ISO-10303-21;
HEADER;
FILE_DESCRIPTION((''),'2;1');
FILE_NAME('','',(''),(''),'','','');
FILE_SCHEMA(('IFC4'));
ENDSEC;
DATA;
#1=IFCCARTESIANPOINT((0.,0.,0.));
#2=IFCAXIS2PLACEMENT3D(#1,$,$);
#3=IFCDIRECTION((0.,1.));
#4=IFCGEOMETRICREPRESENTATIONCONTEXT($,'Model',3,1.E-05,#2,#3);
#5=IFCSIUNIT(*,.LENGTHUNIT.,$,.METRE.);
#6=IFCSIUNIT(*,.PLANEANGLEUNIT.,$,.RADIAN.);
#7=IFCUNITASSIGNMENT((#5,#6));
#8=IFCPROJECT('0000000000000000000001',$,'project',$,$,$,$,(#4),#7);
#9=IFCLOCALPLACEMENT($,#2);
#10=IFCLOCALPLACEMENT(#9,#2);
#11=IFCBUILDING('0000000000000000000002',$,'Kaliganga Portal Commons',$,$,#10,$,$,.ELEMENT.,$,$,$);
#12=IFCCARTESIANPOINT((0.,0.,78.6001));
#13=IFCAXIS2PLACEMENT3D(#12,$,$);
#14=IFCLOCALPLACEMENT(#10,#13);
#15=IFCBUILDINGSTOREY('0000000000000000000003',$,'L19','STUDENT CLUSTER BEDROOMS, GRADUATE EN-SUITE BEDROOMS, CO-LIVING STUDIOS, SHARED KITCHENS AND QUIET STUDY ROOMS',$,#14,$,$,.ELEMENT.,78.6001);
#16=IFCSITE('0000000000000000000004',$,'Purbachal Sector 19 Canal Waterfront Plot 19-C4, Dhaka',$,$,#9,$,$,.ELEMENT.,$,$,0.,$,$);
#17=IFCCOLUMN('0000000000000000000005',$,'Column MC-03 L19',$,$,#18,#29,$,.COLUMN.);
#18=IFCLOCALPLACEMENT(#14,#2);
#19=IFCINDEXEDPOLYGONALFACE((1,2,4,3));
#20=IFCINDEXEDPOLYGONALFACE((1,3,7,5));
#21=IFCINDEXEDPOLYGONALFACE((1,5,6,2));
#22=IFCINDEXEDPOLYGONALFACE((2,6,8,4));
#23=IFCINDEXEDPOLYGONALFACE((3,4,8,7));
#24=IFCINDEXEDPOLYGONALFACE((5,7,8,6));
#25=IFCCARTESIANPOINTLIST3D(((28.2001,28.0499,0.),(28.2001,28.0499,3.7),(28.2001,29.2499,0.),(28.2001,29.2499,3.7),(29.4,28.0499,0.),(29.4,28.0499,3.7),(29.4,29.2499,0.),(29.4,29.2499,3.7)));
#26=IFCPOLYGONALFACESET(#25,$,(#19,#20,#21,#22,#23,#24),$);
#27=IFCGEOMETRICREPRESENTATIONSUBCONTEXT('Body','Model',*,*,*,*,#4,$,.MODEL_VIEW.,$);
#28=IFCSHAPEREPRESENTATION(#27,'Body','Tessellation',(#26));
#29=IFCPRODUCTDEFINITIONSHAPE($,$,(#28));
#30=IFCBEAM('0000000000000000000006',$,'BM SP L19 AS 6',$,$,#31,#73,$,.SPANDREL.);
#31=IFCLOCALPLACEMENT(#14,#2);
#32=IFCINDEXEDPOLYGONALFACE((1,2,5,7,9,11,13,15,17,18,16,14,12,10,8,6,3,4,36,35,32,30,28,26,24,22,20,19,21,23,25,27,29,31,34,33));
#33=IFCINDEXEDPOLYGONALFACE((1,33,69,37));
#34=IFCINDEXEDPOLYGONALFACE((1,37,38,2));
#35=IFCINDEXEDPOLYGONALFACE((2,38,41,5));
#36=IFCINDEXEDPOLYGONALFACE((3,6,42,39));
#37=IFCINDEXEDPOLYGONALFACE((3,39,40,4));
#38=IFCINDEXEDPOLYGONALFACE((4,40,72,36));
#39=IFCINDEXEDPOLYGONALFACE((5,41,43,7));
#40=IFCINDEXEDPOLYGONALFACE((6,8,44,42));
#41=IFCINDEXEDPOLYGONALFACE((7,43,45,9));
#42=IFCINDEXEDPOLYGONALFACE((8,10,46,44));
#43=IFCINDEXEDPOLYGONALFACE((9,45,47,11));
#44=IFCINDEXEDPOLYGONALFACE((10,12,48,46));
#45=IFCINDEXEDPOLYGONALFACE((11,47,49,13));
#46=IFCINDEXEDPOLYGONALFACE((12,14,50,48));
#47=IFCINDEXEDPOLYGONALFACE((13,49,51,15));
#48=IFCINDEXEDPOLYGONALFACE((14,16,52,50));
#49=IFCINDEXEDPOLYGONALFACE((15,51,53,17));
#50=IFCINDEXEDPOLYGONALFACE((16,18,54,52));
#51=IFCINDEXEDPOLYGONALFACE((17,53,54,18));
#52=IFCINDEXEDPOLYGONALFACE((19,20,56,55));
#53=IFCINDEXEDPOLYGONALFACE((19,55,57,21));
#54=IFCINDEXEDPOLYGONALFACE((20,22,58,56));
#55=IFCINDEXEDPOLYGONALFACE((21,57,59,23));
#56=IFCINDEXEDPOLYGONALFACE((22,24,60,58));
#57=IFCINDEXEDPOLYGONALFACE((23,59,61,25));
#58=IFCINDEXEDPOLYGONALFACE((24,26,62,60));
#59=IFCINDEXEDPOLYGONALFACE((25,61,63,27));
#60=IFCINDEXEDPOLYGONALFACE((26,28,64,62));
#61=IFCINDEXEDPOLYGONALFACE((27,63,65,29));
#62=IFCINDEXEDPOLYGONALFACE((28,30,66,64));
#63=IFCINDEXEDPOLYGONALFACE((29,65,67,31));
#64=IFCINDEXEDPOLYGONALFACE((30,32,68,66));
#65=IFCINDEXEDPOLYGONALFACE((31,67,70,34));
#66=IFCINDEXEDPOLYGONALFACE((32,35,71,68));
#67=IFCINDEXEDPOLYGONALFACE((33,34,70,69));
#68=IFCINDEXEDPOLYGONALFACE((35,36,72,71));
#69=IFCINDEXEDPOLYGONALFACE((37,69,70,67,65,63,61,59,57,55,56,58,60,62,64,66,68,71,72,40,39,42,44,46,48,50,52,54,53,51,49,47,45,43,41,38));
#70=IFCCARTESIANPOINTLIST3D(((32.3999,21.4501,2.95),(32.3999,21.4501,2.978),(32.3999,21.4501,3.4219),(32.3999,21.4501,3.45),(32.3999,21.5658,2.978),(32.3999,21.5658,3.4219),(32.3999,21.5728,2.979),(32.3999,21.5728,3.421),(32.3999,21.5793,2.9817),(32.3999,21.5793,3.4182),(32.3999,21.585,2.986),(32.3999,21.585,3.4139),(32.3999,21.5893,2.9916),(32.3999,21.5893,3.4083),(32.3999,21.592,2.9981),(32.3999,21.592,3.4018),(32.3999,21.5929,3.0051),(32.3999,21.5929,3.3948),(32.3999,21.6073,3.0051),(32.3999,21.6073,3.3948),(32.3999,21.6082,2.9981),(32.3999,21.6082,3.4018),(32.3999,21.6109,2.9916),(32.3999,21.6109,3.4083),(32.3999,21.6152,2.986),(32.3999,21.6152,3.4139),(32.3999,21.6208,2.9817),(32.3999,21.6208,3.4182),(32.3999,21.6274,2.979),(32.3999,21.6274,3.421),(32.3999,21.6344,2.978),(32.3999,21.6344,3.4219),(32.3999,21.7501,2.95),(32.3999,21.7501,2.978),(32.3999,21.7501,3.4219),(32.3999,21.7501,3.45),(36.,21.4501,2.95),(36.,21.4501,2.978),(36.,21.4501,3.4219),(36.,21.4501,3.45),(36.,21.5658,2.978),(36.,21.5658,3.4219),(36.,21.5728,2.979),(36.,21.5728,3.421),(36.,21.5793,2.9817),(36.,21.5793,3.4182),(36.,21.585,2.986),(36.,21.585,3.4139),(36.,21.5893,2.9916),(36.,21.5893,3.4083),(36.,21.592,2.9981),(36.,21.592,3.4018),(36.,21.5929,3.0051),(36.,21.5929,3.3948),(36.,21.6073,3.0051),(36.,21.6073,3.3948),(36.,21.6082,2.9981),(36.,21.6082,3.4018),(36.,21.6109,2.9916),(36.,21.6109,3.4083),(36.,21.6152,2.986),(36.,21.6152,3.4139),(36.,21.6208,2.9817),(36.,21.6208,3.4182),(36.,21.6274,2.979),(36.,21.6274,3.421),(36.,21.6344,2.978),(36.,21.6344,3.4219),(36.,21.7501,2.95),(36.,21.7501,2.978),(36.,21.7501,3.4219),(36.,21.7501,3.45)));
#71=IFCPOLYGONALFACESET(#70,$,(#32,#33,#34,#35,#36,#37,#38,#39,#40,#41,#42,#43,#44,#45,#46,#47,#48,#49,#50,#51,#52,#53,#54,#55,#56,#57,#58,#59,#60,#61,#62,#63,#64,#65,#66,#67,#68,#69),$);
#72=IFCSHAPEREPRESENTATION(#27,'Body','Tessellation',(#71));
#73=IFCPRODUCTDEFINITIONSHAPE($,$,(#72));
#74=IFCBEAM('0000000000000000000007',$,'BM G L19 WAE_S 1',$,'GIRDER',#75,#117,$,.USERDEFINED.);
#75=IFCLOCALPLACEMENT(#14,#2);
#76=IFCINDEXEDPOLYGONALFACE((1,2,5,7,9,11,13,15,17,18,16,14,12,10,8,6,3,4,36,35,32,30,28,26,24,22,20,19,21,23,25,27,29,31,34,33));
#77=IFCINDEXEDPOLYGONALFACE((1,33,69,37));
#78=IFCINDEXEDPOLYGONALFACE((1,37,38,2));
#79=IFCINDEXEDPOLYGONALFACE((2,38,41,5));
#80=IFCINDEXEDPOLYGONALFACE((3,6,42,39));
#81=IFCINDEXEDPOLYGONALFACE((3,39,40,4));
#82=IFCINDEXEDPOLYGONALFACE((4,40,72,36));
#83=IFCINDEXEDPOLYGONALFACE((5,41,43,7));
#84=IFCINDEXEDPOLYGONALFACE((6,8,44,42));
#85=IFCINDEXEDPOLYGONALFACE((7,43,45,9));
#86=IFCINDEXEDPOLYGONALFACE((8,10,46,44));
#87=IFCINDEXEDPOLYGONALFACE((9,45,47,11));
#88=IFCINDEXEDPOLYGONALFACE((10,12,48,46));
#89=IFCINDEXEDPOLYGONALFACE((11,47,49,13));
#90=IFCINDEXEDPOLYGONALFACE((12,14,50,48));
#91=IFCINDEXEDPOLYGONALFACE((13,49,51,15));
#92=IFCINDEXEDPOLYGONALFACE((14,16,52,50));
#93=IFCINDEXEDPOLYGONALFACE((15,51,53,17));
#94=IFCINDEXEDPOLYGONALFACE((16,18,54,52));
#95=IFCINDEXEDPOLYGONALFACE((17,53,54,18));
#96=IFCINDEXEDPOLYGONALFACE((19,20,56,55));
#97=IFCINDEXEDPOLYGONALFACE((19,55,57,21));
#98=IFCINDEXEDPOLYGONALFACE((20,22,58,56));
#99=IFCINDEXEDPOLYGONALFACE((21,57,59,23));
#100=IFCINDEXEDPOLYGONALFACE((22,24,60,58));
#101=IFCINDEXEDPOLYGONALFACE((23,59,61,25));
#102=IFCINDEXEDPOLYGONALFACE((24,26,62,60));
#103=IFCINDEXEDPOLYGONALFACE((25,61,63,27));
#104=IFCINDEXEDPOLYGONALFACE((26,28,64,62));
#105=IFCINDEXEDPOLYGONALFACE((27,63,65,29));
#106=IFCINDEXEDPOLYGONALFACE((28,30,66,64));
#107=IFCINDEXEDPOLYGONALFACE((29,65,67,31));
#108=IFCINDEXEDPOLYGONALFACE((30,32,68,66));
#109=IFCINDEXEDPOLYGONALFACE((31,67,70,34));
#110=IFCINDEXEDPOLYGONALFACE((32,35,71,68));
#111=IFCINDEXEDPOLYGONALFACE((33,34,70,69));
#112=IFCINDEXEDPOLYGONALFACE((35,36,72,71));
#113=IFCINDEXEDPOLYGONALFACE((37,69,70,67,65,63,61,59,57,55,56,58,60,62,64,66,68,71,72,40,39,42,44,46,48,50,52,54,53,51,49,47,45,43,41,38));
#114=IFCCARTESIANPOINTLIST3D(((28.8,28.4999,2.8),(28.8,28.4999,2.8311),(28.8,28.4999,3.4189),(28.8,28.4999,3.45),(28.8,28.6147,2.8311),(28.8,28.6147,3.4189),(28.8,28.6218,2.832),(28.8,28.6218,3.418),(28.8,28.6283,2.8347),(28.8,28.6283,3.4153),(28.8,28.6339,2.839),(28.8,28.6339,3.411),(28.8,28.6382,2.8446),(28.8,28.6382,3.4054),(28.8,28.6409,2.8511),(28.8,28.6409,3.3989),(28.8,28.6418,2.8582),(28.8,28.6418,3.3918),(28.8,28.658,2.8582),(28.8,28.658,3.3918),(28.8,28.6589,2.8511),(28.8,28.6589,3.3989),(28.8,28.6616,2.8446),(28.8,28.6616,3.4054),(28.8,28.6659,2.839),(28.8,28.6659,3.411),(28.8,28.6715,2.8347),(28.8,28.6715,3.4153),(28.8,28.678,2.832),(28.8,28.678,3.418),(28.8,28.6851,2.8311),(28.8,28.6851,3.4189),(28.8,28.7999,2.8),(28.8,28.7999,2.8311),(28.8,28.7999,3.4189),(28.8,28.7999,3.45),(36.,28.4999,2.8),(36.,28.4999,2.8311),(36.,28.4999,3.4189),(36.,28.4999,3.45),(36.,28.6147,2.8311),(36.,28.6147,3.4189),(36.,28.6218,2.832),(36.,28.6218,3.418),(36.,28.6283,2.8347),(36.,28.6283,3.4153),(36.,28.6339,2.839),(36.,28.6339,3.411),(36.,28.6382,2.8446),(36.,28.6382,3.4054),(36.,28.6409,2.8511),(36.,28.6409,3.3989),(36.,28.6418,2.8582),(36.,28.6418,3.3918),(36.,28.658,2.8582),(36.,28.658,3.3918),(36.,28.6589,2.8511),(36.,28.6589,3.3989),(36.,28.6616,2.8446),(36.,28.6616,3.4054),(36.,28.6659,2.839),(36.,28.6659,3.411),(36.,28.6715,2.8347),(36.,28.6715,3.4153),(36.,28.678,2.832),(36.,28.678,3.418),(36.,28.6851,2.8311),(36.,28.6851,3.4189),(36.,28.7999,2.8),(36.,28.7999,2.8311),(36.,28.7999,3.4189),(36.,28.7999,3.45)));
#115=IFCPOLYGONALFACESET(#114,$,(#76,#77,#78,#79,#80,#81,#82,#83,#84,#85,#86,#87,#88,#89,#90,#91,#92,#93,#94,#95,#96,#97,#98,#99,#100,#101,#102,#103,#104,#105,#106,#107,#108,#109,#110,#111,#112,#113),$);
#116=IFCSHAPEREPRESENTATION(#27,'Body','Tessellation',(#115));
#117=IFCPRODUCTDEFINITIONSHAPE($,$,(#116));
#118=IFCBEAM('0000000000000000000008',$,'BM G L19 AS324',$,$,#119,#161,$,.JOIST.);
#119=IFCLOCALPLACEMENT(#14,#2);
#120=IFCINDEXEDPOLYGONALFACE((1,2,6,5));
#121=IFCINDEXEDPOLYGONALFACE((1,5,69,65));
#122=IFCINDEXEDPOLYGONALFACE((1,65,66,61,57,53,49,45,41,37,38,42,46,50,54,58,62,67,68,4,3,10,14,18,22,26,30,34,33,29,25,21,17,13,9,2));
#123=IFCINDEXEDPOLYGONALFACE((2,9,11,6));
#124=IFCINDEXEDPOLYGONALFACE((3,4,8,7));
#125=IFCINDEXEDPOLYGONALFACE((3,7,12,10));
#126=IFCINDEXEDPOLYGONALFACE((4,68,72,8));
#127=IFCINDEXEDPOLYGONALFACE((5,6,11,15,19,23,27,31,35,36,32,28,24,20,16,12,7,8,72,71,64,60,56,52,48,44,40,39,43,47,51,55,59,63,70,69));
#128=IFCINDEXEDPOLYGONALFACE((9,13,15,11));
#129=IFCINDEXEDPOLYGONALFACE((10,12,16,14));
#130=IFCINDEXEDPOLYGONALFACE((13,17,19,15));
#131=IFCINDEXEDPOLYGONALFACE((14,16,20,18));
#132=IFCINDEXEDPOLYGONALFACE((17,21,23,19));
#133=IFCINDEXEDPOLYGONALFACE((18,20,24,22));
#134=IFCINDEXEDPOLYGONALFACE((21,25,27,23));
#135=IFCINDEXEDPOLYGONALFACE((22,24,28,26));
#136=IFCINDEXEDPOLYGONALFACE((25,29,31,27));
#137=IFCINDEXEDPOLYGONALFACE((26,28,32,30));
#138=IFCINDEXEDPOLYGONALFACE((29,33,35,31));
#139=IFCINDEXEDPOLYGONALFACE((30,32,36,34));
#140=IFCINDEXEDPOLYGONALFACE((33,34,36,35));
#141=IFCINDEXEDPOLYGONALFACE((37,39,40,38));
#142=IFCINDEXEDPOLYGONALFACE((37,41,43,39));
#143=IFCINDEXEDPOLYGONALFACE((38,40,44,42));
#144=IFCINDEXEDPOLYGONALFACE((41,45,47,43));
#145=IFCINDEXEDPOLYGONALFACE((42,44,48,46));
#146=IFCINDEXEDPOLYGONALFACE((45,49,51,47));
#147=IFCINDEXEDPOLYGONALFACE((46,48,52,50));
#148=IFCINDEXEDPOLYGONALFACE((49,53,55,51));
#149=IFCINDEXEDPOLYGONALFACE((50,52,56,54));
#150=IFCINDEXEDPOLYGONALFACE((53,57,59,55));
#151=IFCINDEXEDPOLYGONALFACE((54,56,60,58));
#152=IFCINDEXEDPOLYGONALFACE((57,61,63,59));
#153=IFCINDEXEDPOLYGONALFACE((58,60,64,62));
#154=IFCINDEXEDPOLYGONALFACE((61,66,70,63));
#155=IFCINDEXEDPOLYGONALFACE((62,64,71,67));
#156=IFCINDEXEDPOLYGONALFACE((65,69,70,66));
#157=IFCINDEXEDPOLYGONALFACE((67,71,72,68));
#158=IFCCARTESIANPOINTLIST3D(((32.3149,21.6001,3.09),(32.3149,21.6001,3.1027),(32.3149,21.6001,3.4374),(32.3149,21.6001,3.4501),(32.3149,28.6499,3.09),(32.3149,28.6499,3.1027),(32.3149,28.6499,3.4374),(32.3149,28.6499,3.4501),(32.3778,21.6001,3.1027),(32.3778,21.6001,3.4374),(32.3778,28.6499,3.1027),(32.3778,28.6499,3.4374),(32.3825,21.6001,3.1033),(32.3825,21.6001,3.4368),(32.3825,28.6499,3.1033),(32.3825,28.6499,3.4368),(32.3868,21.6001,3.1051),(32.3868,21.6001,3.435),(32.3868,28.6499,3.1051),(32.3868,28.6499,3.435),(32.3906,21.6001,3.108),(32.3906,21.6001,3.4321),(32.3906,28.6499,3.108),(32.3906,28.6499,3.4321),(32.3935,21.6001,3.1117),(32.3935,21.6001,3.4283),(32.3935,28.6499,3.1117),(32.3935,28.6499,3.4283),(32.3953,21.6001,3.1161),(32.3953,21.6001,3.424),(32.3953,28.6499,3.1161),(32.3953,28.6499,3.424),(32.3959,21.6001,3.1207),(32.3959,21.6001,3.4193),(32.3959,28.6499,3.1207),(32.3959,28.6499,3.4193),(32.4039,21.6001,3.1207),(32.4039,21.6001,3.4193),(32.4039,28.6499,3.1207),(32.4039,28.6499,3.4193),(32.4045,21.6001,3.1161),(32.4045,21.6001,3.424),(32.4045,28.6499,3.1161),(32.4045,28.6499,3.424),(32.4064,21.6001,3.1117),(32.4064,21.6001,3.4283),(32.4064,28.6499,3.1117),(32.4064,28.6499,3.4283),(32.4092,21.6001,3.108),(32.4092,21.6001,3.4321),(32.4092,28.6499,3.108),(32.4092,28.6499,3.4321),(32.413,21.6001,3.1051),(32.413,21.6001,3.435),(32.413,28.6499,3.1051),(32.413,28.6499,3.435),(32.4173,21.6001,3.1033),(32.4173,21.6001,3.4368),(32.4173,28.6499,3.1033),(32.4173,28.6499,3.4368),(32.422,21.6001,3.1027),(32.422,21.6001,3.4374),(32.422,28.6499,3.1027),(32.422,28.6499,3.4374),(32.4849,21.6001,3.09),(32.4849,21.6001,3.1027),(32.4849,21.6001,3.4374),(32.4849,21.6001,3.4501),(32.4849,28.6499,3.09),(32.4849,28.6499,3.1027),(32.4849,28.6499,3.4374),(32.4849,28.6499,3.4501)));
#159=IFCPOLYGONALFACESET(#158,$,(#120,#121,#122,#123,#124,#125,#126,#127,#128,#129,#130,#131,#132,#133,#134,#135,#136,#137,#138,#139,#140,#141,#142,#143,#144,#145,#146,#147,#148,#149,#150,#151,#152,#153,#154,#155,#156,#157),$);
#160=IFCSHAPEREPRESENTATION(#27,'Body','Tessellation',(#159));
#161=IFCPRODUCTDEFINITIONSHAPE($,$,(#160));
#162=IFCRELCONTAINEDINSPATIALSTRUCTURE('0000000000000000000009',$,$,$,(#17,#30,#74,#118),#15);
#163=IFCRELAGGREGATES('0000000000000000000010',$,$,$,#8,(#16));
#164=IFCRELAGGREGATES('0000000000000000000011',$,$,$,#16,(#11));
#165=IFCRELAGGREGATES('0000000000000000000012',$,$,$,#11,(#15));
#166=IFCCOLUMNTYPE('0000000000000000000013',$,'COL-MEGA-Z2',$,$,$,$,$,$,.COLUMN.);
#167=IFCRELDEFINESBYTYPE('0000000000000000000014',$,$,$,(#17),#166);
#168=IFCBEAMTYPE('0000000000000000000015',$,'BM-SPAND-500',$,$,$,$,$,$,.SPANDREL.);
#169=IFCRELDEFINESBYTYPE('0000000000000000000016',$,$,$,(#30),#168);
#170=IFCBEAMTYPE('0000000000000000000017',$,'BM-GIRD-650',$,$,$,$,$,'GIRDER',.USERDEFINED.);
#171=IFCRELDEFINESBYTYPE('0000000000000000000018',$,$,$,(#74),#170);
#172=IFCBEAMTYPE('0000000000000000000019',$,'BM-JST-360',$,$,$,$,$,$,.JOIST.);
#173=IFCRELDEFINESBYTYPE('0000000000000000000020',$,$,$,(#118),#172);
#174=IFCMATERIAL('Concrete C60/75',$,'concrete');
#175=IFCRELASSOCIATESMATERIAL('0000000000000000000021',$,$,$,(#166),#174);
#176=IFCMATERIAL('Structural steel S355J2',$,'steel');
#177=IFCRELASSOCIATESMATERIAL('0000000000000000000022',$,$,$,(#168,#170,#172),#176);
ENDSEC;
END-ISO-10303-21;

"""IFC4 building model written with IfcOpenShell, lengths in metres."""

from ifc_helpers import new_model, si_unit, direction, frame, origin, origin_2d, place, context, subcontext, project, spatial, rectangle, i_section, extrude, source, transform, mapped, material, material_profile, profile_set, type_object, element, save


model = new_model("IFC4")

# Units and contexts
model_context = context("Model", 3, precision=1e-05, world=origin(), true_north=direction((0.0, 1.0)))
body_context = subcontext(model_context, "Body", "Model", "MODEL_VIEW")
ifc_project = project(units=[si_unit("LENGTHUNIT", "METRE"), si_unit("PLANEANGLEUNIT", "RADIAN")], contexts=[model_context])

# Site, building, storey
site_placement = place(None, origin())
site = spatial("IfcSite", under=ifc_project, at=site_placement, Name="Purbachal Sector 19 Canal Waterfront Plot 19-C4, Dhaka", CompositionType="ELEMENT", RefElevation=0.0)
building_placement = place(site_placement, origin())
building = spatial("IfcBuilding", under=site, at=building_placement, Name="Kaliganga Portal Commons", CompositionType="ELEMENT")
storey_placement = place(building_placement, frame((0.0, 0.0, 78.6001)))
storey = spatial("IfcBuildingStorey", under=building, at=storey_placement, Name="L19", Description="STUDENT CLUSTER BEDROOMS, GRADUATE EN-SUITE BEDROOMS, CO-LIVING STUDIOS, SHARED KITCHENS AND QUIET STUDY ROOMS", CompositionType="ELEMENT", Elevation=78.6001)

# Column
ifc_material_1 = material(Name="Concrete C60/75", Category="concrete")
ifc_material_profile_1 = material_profile(ifc_material_1, rectangle(XDim=1.2, YDim=1.2, at=origin_2d()), Name="RC 1200x1200")
ifc_profile_set_1 = profile_set([ifc_material_profile_1], Name="Concrete C60/75")
column_type = type_object("IfcColumnType", Name="COL-MEGA-Z2", PredefinedType="COLUMN", material=ifc_profile_set_1)
shared_shape_1 = source(origin(), body_context, "Body", "SweptSolid", [
    extrude(rectangle(XDim=1.2, YDim=1.2, at=origin_2d()), origin(), (0.0, 0.0, 1.0), 3.7),
])
column_placement = place(storey_placement, frame((28.8, 28.6499, 0.0), z_axis=(0.0, 0.0, 1.0), x_axis=(1.0, 0.0, 0.0)))
element("IfcColumn", 1, at=column_placement, inside=storey, type_object=column_type, Name="Column MC-03 L19", PredefinedType="COLUMN", context=body_context, shape_type="MappedRepresentation", body=[
    mapped(shared_shape_1, transform((0.0, 0.0, 0.0), x_axis=(1.0, 0.0, 0.0), y_axis=(0.0, 1.0, 0.0), z_axis=(0.0, 0.0, 1.0), scale=1.0)),
])

# Beams
ifc_material_2 = material(Name="Structural steel S355J2", Category="steel")
ifc_material_profile_2 = material_profile(ifc_material_2, i_section(OverallWidth=0.3, OverallDepth=0.5, WebThickness=0.0144, FlangeThickness=0.0281, FilletRadius=0.0271, at=origin_2d()), Name="HE 500 B")
ifc_profile_set_2 = profile_set([ifc_material_profile_2], Name="Structural steel S355J2 wide-flange")
beam_type_1 = type_object("IfcBeamType", Name="BM-SPAND-500", PredefinedType="SPANDREL", material=ifc_profile_set_2)
shared_shape_2 = source(origin(), body_context, "Body", "SweptSolid", [
    extrude(i_section(OverallWidth=0.3, OverallDepth=0.5, WebThickness=0.0144, FlangeThickness=0.0281, FilletRadius=0.0271, at=origin_2d()), origin(), (0.0, 0.0, 1.0), 3.6001),
])
beam_1_placement = place(storey_placement, frame((32.3999, 21.6001, 3.2), z_axis=(1.0, 0.0, 0.0), x_axis=(0.0, 1.0, 0.0)))
element("IfcBeam", 2, at=beam_1_placement, inside=storey, type_object=beam_type_1, Name="BM SP L19 AS 6", PredefinedType="SPANDREL", context=body_context, shape_type="MappedRepresentation", body=[
    mapped(shared_shape_2, transform((0.0, 0.0, 0.0), x_axis=(1.0, 0.0, 0.0), y_axis=(0.0, 1.0, 0.0), z_axis=(0.0, 0.0, 1.0), scale=1.0)),
])
ifc_material_profile_3 = material_profile(ifc_material_2, i_section(OverallWidth=0.3, OverallDepth=0.6499, WebThickness=0.0161, FlangeThickness=0.031, FilletRadius=0.0271, at=origin_2d()), Name="HE 650 B")
ifc_profile_set_3 = profile_set([ifc_material_profile_3], Name="Structural steel S355J2 wide-flange")
beam_type_2 = type_object("IfcBeamType", Name="BM-GIRD-650", ElementType="GIRDER", PredefinedType="USERDEFINED", material=ifc_profile_set_3)
shared_shape_3 = source(origin(), body_context, "Body", "SweptSolid", [
    extrude(i_section(OverallWidth=0.3, OverallDepth=0.6499, WebThickness=0.0161, FlangeThickness=0.031, FilletRadius=0.0271, at=origin_2d()), origin(), (0.0, 0.0, 1.0), 7.2),
])
beam_2_placement = place(storey_placement, frame((28.8, 28.6499, 3.125), z_axis=(1.0, 0.0, 0.0), x_axis=(0.0, 1.0, 0.0)))
element("IfcBeam", 3, at=beam_2_placement, inside=storey, type_object=beam_type_2, Name="BM G L19 WAE_S 1", ObjectType="GIRDER", PredefinedType="USERDEFINED", context=body_context, shape_type="MappedRepresentation", body=[
    mapped(shared_shape_3, transform((0.0, 0.0, 0.0), x_axis=(1.0, 0.0, 0.0), y_axis=(0.0, 1.0, 0.0), z_axis=(0.0, 0.0, 1.0), scale=1.0)),
])
ifc_material_profile_4 = material_profile(ifc_material_2, i_section(OverallWidth=0.1699, OverallDepth=0.3601, WebThickness=0.0081, FlangeThickness=0.0127, FilletRadius=0.0181, at=origin_2d()), Name="IPE 360")
ifc_profile_set_4 = profile_set([ifc_material_profile_4], Name="Structural steel S355J2 wide-flange")
beam_type_3 = type_object("IfcBeamType", Name="BM-JST-360", PredefinedType="JOIST", material=ifc_profile_set_4)
shared_shape_4 = source(origin(), body_context, "Body", "SweptSolid", [
    extrude(i_section(OverallWidth=0.1699, OverallDepth=0.3601, WebThickness=0.0081, FlangeThickness=0.0127, FilletRadius=0.0181, at=origin_2d()), origin(), (0.0, 0.0, 1.0), 7.0498),
])
beam_3_placement = place(storey_placement, frame((32.3999, 21.6001, 3.27), z_axis=(0.0, 1.0, 0.0), x_axis=(-1.0, 0.0, 0.0)))
element("IfcBeam", 4, at=beam_3_placement, inside=storey, type_object=beam_type_3, Name="BM G L19 AS324", PredefinedType="JOIST", context=body_context, shape_type="MappedRepresentation", body=[
    mapped(shared_shape_4, transform((0.0, 0.0, 0.0), x_axis=(1.0, 0.0, 0.0), y_axis=(0.0, 1.0, 0.0), z_axis=(0.0, 0.0, 1.0), scale=1.0)),
])

save(model, "model.ifc")
